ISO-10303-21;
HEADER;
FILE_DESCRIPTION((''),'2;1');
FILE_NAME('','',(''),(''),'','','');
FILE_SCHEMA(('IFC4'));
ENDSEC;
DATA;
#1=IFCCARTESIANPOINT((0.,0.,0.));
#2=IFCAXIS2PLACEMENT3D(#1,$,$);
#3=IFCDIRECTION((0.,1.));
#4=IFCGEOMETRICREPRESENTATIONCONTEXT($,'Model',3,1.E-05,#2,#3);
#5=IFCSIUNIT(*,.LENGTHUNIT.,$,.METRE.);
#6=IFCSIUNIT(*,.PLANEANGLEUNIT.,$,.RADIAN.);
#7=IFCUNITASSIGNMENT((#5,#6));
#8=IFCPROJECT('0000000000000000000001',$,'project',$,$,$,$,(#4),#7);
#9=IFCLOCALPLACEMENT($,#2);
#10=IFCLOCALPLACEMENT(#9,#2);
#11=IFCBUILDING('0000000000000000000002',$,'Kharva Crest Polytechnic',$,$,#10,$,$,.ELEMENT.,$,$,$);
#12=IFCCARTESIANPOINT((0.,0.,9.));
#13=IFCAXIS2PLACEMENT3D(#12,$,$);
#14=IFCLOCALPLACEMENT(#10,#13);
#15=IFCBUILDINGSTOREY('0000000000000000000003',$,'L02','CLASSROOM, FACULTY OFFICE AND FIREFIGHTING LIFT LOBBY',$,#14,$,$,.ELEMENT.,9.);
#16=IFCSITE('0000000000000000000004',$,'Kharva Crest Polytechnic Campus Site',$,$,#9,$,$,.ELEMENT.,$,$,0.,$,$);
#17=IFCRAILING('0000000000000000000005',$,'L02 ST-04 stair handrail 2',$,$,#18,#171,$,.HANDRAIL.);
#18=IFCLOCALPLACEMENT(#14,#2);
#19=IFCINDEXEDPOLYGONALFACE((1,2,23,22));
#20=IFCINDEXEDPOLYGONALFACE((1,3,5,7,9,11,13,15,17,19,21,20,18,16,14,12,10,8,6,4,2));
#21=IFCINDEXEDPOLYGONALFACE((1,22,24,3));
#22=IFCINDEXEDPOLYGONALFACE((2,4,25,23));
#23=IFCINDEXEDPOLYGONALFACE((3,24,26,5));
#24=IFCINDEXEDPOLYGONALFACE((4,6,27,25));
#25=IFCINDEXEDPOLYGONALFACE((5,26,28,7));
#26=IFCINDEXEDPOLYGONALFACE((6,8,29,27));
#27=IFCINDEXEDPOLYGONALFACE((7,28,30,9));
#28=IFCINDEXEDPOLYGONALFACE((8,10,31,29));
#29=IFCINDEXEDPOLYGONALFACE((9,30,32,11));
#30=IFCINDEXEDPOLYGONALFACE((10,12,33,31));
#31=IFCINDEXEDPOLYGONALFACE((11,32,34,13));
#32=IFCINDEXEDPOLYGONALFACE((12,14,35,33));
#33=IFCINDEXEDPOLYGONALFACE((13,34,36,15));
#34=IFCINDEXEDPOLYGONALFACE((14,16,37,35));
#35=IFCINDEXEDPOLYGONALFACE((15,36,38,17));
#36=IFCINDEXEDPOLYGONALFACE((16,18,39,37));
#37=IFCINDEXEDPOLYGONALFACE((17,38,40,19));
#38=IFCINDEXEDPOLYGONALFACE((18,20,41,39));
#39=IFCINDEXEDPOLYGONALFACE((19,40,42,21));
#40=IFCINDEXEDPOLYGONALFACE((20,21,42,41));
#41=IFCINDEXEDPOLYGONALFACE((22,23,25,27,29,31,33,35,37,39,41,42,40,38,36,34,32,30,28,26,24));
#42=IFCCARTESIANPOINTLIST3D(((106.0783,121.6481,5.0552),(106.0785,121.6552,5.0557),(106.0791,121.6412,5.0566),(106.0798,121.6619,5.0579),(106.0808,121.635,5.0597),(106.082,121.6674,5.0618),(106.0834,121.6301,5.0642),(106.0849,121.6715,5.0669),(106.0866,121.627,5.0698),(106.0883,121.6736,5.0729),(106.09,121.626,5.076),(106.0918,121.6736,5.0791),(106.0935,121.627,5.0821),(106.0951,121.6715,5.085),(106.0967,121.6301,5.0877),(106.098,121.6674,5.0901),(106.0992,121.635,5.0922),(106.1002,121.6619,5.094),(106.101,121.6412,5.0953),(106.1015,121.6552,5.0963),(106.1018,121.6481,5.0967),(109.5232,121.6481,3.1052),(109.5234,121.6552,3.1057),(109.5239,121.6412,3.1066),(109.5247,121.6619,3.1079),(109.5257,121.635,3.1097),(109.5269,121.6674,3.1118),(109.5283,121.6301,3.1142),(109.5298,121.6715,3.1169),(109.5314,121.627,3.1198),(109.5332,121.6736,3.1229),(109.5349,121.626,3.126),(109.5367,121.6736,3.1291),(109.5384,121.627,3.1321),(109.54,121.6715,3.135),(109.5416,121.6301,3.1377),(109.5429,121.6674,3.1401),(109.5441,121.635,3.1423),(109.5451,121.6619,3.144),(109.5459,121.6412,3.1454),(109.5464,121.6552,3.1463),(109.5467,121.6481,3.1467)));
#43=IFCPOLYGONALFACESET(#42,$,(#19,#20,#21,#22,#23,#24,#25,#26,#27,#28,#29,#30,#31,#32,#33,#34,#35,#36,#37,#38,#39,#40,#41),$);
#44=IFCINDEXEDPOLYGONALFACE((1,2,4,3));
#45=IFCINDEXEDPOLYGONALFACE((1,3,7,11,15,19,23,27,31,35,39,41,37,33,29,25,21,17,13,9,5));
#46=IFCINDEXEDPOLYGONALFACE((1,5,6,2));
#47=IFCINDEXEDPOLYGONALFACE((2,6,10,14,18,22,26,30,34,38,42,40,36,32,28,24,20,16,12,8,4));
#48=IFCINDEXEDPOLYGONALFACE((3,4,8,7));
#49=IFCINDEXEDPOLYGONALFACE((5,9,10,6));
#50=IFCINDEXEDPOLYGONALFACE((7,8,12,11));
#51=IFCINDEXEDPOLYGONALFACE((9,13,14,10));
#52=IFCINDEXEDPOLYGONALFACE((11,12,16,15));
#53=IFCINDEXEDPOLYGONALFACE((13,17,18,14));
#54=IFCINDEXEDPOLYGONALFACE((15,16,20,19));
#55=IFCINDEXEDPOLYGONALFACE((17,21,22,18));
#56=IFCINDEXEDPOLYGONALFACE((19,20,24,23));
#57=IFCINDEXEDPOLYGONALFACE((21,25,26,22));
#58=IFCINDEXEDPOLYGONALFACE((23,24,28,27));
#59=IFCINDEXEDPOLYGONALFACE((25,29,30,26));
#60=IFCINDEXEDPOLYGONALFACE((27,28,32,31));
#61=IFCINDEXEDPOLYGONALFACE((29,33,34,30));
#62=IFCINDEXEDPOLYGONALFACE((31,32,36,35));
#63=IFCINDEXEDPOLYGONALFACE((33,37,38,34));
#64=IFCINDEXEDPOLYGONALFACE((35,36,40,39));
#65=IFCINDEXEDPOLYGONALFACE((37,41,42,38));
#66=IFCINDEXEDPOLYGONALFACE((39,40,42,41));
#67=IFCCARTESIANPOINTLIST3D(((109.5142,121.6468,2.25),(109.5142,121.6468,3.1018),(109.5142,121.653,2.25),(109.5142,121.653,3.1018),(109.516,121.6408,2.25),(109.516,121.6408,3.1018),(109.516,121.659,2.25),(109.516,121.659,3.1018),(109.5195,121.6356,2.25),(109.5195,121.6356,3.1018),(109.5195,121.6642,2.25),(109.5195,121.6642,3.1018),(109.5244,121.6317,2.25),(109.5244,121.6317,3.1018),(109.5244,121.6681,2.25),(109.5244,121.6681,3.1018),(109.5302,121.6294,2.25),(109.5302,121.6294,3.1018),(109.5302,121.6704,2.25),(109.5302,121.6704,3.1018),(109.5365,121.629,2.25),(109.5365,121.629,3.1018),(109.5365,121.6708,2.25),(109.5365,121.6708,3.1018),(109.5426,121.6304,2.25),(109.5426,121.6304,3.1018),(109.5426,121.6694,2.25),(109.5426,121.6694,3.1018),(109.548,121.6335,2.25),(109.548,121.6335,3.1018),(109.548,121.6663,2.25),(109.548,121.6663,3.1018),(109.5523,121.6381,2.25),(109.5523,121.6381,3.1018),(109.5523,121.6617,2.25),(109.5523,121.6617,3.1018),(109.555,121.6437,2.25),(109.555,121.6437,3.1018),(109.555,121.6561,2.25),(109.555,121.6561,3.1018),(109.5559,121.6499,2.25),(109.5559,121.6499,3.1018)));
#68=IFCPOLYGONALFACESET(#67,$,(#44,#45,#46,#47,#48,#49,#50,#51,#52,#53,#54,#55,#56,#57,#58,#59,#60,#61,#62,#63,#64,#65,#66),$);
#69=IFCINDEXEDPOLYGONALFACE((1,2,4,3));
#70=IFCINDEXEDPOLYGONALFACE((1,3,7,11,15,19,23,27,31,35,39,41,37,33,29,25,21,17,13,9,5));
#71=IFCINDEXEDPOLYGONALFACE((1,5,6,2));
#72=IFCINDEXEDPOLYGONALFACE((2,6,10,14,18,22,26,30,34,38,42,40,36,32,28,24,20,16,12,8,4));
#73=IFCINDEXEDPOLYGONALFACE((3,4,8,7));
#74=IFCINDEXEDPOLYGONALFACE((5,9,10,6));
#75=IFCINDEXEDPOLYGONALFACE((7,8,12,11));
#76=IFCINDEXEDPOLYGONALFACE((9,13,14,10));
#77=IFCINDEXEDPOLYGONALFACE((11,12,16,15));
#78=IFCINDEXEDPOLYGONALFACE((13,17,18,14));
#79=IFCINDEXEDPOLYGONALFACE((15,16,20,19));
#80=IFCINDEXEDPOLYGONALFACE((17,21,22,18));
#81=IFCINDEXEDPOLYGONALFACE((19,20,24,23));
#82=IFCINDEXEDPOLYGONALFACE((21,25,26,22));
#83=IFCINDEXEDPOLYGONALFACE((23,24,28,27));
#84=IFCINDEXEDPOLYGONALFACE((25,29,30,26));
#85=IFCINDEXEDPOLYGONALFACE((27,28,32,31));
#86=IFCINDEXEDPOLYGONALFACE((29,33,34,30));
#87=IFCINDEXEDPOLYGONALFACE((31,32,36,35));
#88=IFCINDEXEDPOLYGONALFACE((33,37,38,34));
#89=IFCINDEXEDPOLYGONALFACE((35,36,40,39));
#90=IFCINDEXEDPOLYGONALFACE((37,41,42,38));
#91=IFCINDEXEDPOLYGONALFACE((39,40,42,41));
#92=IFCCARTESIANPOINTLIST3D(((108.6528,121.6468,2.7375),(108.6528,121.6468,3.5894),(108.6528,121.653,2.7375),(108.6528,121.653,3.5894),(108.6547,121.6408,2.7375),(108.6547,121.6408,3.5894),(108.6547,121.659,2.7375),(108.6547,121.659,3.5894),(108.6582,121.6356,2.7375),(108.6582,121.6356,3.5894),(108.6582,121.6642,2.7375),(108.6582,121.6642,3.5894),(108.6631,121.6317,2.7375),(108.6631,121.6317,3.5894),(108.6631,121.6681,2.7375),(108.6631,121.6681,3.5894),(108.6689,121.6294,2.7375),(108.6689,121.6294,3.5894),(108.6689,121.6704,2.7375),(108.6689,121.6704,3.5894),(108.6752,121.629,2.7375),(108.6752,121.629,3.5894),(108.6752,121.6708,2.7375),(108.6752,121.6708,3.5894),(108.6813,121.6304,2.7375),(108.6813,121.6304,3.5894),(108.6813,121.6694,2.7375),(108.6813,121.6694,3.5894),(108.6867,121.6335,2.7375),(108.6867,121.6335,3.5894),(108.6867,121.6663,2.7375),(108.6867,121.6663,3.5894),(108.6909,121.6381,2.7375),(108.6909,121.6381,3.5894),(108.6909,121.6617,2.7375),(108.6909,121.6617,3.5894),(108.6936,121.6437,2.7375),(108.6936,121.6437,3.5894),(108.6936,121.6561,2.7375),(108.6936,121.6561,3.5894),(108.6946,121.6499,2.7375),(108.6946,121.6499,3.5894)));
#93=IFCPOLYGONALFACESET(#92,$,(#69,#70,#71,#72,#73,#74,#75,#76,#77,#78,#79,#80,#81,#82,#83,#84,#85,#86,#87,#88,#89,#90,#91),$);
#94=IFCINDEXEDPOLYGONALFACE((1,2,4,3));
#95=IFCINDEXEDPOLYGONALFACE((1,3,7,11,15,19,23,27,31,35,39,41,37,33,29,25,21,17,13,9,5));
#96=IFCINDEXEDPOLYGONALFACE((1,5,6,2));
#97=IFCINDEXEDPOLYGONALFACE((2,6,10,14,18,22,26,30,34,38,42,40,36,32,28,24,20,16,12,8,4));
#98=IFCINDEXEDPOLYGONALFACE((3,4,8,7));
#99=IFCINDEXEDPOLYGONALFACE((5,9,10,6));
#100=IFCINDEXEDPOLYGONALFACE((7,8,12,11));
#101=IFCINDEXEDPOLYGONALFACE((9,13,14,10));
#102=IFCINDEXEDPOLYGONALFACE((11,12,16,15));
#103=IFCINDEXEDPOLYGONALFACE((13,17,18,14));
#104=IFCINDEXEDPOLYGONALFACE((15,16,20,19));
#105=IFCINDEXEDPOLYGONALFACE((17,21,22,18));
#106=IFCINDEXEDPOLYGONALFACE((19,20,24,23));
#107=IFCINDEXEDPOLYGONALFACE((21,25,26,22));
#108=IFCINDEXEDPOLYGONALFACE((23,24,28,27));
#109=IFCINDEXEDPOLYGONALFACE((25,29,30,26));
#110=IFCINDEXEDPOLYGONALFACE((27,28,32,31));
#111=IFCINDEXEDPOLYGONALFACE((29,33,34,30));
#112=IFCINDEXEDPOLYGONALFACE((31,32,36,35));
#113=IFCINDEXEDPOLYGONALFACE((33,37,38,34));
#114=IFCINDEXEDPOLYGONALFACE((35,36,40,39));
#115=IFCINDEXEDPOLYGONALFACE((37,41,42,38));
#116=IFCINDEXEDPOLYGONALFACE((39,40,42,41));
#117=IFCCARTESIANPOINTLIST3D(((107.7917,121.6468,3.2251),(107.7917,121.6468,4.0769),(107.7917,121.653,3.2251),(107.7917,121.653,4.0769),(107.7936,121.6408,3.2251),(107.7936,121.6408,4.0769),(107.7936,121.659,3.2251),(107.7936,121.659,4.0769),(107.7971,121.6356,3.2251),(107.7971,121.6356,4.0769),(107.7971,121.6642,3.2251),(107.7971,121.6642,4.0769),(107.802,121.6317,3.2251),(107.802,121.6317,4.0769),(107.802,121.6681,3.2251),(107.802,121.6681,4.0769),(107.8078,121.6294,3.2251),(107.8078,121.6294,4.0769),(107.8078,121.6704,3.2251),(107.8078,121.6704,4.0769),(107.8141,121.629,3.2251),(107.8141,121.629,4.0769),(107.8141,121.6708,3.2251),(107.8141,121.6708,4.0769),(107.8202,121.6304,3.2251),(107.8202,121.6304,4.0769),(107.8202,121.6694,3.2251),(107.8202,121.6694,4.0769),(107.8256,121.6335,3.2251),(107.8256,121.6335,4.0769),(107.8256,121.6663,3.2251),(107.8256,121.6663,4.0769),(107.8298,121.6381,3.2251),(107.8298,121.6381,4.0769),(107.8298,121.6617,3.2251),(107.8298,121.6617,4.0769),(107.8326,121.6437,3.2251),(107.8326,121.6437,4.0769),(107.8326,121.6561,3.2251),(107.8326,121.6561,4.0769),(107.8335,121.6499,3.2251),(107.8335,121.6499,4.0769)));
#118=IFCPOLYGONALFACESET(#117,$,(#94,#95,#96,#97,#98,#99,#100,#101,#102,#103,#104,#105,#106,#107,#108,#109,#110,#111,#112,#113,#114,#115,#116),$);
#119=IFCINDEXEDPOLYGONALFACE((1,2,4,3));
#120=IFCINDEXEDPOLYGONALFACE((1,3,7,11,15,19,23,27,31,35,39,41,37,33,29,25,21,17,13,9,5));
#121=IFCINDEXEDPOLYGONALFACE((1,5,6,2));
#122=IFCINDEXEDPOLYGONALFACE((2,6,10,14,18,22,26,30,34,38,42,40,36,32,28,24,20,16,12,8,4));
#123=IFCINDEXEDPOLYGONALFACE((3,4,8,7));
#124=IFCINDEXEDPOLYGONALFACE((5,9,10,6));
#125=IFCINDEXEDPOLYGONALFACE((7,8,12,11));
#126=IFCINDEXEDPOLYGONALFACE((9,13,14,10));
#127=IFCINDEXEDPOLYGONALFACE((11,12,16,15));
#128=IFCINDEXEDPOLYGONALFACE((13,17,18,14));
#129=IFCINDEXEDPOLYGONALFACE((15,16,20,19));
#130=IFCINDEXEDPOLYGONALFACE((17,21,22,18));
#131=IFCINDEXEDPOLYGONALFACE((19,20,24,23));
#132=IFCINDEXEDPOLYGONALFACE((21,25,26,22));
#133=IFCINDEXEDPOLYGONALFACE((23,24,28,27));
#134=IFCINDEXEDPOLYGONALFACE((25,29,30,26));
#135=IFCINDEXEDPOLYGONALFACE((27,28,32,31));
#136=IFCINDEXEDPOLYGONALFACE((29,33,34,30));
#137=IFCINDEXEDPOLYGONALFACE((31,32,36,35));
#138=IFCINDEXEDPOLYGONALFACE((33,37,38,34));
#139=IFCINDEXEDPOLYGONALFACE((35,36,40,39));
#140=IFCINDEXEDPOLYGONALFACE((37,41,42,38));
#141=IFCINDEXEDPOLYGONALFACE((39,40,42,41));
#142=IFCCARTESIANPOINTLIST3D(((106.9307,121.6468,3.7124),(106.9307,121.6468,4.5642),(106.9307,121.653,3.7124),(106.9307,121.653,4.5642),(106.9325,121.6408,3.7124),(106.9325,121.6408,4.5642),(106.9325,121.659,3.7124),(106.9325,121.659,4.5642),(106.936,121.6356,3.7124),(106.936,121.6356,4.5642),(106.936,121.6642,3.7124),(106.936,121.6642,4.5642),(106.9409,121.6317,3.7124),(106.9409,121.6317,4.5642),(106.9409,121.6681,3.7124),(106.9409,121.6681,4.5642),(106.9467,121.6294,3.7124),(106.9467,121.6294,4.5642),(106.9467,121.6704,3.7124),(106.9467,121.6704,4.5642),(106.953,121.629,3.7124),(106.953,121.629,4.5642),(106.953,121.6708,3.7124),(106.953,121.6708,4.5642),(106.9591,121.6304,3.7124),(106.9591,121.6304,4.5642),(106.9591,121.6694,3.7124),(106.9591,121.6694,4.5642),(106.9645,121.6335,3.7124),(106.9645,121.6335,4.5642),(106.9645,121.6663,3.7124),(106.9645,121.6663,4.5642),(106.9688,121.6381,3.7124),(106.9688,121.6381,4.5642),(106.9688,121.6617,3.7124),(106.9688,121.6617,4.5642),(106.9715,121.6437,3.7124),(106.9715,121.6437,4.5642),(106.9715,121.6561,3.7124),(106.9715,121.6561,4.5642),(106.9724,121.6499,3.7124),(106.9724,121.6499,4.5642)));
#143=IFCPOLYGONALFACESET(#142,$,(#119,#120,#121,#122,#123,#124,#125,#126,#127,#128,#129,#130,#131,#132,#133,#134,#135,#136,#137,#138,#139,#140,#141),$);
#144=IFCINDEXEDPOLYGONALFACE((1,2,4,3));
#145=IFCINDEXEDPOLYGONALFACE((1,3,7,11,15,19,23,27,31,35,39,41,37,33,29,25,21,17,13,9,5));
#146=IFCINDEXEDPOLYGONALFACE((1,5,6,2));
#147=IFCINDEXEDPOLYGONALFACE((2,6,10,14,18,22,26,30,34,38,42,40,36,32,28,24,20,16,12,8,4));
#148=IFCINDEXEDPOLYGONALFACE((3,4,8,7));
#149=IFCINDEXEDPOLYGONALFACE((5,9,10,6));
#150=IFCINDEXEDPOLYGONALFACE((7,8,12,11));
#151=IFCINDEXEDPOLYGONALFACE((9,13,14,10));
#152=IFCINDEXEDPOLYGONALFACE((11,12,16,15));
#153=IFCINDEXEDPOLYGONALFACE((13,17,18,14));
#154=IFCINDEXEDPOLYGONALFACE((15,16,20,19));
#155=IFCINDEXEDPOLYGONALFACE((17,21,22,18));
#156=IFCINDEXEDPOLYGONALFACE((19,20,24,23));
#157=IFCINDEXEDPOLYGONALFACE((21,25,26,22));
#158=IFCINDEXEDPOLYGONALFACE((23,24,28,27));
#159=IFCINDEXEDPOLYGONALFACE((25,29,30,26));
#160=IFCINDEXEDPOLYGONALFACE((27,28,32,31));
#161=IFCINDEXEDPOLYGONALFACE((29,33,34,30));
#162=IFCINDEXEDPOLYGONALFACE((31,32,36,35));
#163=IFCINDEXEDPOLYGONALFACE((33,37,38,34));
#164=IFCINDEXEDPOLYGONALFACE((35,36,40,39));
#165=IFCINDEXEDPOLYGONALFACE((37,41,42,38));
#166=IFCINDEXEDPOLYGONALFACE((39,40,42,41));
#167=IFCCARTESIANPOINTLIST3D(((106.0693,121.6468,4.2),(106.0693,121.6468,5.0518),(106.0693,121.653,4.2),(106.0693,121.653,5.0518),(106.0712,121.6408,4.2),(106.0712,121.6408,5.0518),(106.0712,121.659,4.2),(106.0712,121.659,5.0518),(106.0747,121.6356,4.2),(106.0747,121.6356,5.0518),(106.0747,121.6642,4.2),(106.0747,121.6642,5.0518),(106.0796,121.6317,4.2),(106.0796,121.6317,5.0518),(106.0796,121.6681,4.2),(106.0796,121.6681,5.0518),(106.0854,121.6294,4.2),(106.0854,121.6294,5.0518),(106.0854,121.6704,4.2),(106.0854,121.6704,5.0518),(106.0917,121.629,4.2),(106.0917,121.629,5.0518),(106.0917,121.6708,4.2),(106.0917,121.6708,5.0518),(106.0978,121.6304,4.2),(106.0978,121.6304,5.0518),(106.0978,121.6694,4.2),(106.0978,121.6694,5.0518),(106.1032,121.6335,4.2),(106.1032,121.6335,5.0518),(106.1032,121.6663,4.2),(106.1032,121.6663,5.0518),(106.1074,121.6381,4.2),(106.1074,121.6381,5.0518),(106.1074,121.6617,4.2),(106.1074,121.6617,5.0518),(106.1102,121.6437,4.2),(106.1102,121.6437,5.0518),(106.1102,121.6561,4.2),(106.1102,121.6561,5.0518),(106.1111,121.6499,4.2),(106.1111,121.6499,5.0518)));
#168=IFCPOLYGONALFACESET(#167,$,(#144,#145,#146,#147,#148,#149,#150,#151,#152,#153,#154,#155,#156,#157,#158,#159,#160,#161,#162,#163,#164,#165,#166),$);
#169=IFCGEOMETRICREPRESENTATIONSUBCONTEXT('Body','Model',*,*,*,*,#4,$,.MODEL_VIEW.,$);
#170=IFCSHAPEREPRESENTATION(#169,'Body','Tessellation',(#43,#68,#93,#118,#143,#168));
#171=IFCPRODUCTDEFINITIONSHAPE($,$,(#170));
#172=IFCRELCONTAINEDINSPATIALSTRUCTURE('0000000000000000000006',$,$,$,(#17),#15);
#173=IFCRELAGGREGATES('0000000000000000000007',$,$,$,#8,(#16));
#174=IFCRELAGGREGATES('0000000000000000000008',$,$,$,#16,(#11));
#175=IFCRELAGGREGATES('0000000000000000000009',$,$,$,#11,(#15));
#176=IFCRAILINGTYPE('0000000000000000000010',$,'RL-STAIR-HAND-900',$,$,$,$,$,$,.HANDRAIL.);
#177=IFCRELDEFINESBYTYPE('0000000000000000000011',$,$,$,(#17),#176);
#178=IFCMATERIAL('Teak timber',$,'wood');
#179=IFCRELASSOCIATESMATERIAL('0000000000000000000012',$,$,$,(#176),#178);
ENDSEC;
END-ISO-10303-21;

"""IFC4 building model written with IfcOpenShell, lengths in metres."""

from ifc_helpers import new_model, si_unit, direction, frame, origin, origin_2d, place, context, subcontext, project, spatial, circle, extrude, material, type_object, element, save


model = new_model("IFC4")

# Units and contexts
model_context = context("Model", 3, precision=1e-05, world=origin(), true_north=direction((0.0, 1.0)))
body_context = subcontext(model_context, "Body", "Model", "MODEL_VIEW")
ifc_project = project(units=[si_unit("LENGTHUNIT", "METRE"), si_unit("PLANEANGLEUNIT", "RADIAN")], contexts=[model_context])

# Site, building, storey
site_placement = place(None, origin())
site = spatial("IfcSite", under=ifc_project, at=site_placement, Name="Kharva Crest Polytechnic Campus Site", CompositionType="ELEMENT", RefElevation=0.0)
building_placement = place(site_placement, origin())
building = spatial("IfcBuilding", under=site, at=building_placement, Name="Kharva Crest Polytechnic", CompositionType="ELEMENT")
storey_placement = place(building_placement, frame((0.0, 0.0, 9.0)))
storey = spatial("IfcBuildingStorey", under=building, at=storey_placement, Name="L02", Description="CLASSROOM, FACULTY OFFICE AND FIREFIGHTING LIFT LOBBY", CompositionType="ELEMENT", Elevation=9.0)

# Railing
ifc_material_1 = material(Name="Teak timber", Category="wood")
railing_type_1 = type_object("IfcRailingType", Name="RL-STAIR-HAND-900", PredefinedType="HANDRAIL", material=ifc_material_1)
railing_1_placement = place(storey_placement, frame((109.5349, 121.6499, 2.25)))
element("IfcRailing", 1, at=railing_1_placement, inside=storey, type_object=railing_type_1, Name="L02 ST-04 stair handrail 2", PredefinedType="HANDRAIL", context=body_context, shape_type="SweptSolid", body=[
    extrude(circle(Radius=0.0239, at=origin_2d()), frame((0.0, 0.0, 0.876), z_axis=(-0.870251, 0.0, 0.492608), x_axis=(0.0, -1.0, 0.0)), (0.0, 0.0, 1.0), 3.9585),
    extrude(circle(Radius=0.021, at=origin_2d()), origin(), (0.0, 0.0, 1.0), 0.8518),
    extrude(circle(Radius=0.021, at=origin_2d()), frame((-0.8613, 0.0, 0.4875)), (0.0, 0.0, 1.0), 0.8518),
    extrude(circle(Radius=0.021, at=origin_2d()), frame((-1.7224, 0.0, 0.9751)), (0.0, 0.0, 1.0), 0.8518),
    extrude(circle(Radius=0.021, at=origin_2d()), frame((-2.5835, 0.0, 1.4624)), (0.0, 0.0, 1.0), 0.8518),
    extrude(circle(Radius=0.021, at=origin_2d()), frame((-3.4448, 0.0, 1.95)), (0.0, 0.0, 1.0), 0.8518),
])

save(model, "model.ifc")
